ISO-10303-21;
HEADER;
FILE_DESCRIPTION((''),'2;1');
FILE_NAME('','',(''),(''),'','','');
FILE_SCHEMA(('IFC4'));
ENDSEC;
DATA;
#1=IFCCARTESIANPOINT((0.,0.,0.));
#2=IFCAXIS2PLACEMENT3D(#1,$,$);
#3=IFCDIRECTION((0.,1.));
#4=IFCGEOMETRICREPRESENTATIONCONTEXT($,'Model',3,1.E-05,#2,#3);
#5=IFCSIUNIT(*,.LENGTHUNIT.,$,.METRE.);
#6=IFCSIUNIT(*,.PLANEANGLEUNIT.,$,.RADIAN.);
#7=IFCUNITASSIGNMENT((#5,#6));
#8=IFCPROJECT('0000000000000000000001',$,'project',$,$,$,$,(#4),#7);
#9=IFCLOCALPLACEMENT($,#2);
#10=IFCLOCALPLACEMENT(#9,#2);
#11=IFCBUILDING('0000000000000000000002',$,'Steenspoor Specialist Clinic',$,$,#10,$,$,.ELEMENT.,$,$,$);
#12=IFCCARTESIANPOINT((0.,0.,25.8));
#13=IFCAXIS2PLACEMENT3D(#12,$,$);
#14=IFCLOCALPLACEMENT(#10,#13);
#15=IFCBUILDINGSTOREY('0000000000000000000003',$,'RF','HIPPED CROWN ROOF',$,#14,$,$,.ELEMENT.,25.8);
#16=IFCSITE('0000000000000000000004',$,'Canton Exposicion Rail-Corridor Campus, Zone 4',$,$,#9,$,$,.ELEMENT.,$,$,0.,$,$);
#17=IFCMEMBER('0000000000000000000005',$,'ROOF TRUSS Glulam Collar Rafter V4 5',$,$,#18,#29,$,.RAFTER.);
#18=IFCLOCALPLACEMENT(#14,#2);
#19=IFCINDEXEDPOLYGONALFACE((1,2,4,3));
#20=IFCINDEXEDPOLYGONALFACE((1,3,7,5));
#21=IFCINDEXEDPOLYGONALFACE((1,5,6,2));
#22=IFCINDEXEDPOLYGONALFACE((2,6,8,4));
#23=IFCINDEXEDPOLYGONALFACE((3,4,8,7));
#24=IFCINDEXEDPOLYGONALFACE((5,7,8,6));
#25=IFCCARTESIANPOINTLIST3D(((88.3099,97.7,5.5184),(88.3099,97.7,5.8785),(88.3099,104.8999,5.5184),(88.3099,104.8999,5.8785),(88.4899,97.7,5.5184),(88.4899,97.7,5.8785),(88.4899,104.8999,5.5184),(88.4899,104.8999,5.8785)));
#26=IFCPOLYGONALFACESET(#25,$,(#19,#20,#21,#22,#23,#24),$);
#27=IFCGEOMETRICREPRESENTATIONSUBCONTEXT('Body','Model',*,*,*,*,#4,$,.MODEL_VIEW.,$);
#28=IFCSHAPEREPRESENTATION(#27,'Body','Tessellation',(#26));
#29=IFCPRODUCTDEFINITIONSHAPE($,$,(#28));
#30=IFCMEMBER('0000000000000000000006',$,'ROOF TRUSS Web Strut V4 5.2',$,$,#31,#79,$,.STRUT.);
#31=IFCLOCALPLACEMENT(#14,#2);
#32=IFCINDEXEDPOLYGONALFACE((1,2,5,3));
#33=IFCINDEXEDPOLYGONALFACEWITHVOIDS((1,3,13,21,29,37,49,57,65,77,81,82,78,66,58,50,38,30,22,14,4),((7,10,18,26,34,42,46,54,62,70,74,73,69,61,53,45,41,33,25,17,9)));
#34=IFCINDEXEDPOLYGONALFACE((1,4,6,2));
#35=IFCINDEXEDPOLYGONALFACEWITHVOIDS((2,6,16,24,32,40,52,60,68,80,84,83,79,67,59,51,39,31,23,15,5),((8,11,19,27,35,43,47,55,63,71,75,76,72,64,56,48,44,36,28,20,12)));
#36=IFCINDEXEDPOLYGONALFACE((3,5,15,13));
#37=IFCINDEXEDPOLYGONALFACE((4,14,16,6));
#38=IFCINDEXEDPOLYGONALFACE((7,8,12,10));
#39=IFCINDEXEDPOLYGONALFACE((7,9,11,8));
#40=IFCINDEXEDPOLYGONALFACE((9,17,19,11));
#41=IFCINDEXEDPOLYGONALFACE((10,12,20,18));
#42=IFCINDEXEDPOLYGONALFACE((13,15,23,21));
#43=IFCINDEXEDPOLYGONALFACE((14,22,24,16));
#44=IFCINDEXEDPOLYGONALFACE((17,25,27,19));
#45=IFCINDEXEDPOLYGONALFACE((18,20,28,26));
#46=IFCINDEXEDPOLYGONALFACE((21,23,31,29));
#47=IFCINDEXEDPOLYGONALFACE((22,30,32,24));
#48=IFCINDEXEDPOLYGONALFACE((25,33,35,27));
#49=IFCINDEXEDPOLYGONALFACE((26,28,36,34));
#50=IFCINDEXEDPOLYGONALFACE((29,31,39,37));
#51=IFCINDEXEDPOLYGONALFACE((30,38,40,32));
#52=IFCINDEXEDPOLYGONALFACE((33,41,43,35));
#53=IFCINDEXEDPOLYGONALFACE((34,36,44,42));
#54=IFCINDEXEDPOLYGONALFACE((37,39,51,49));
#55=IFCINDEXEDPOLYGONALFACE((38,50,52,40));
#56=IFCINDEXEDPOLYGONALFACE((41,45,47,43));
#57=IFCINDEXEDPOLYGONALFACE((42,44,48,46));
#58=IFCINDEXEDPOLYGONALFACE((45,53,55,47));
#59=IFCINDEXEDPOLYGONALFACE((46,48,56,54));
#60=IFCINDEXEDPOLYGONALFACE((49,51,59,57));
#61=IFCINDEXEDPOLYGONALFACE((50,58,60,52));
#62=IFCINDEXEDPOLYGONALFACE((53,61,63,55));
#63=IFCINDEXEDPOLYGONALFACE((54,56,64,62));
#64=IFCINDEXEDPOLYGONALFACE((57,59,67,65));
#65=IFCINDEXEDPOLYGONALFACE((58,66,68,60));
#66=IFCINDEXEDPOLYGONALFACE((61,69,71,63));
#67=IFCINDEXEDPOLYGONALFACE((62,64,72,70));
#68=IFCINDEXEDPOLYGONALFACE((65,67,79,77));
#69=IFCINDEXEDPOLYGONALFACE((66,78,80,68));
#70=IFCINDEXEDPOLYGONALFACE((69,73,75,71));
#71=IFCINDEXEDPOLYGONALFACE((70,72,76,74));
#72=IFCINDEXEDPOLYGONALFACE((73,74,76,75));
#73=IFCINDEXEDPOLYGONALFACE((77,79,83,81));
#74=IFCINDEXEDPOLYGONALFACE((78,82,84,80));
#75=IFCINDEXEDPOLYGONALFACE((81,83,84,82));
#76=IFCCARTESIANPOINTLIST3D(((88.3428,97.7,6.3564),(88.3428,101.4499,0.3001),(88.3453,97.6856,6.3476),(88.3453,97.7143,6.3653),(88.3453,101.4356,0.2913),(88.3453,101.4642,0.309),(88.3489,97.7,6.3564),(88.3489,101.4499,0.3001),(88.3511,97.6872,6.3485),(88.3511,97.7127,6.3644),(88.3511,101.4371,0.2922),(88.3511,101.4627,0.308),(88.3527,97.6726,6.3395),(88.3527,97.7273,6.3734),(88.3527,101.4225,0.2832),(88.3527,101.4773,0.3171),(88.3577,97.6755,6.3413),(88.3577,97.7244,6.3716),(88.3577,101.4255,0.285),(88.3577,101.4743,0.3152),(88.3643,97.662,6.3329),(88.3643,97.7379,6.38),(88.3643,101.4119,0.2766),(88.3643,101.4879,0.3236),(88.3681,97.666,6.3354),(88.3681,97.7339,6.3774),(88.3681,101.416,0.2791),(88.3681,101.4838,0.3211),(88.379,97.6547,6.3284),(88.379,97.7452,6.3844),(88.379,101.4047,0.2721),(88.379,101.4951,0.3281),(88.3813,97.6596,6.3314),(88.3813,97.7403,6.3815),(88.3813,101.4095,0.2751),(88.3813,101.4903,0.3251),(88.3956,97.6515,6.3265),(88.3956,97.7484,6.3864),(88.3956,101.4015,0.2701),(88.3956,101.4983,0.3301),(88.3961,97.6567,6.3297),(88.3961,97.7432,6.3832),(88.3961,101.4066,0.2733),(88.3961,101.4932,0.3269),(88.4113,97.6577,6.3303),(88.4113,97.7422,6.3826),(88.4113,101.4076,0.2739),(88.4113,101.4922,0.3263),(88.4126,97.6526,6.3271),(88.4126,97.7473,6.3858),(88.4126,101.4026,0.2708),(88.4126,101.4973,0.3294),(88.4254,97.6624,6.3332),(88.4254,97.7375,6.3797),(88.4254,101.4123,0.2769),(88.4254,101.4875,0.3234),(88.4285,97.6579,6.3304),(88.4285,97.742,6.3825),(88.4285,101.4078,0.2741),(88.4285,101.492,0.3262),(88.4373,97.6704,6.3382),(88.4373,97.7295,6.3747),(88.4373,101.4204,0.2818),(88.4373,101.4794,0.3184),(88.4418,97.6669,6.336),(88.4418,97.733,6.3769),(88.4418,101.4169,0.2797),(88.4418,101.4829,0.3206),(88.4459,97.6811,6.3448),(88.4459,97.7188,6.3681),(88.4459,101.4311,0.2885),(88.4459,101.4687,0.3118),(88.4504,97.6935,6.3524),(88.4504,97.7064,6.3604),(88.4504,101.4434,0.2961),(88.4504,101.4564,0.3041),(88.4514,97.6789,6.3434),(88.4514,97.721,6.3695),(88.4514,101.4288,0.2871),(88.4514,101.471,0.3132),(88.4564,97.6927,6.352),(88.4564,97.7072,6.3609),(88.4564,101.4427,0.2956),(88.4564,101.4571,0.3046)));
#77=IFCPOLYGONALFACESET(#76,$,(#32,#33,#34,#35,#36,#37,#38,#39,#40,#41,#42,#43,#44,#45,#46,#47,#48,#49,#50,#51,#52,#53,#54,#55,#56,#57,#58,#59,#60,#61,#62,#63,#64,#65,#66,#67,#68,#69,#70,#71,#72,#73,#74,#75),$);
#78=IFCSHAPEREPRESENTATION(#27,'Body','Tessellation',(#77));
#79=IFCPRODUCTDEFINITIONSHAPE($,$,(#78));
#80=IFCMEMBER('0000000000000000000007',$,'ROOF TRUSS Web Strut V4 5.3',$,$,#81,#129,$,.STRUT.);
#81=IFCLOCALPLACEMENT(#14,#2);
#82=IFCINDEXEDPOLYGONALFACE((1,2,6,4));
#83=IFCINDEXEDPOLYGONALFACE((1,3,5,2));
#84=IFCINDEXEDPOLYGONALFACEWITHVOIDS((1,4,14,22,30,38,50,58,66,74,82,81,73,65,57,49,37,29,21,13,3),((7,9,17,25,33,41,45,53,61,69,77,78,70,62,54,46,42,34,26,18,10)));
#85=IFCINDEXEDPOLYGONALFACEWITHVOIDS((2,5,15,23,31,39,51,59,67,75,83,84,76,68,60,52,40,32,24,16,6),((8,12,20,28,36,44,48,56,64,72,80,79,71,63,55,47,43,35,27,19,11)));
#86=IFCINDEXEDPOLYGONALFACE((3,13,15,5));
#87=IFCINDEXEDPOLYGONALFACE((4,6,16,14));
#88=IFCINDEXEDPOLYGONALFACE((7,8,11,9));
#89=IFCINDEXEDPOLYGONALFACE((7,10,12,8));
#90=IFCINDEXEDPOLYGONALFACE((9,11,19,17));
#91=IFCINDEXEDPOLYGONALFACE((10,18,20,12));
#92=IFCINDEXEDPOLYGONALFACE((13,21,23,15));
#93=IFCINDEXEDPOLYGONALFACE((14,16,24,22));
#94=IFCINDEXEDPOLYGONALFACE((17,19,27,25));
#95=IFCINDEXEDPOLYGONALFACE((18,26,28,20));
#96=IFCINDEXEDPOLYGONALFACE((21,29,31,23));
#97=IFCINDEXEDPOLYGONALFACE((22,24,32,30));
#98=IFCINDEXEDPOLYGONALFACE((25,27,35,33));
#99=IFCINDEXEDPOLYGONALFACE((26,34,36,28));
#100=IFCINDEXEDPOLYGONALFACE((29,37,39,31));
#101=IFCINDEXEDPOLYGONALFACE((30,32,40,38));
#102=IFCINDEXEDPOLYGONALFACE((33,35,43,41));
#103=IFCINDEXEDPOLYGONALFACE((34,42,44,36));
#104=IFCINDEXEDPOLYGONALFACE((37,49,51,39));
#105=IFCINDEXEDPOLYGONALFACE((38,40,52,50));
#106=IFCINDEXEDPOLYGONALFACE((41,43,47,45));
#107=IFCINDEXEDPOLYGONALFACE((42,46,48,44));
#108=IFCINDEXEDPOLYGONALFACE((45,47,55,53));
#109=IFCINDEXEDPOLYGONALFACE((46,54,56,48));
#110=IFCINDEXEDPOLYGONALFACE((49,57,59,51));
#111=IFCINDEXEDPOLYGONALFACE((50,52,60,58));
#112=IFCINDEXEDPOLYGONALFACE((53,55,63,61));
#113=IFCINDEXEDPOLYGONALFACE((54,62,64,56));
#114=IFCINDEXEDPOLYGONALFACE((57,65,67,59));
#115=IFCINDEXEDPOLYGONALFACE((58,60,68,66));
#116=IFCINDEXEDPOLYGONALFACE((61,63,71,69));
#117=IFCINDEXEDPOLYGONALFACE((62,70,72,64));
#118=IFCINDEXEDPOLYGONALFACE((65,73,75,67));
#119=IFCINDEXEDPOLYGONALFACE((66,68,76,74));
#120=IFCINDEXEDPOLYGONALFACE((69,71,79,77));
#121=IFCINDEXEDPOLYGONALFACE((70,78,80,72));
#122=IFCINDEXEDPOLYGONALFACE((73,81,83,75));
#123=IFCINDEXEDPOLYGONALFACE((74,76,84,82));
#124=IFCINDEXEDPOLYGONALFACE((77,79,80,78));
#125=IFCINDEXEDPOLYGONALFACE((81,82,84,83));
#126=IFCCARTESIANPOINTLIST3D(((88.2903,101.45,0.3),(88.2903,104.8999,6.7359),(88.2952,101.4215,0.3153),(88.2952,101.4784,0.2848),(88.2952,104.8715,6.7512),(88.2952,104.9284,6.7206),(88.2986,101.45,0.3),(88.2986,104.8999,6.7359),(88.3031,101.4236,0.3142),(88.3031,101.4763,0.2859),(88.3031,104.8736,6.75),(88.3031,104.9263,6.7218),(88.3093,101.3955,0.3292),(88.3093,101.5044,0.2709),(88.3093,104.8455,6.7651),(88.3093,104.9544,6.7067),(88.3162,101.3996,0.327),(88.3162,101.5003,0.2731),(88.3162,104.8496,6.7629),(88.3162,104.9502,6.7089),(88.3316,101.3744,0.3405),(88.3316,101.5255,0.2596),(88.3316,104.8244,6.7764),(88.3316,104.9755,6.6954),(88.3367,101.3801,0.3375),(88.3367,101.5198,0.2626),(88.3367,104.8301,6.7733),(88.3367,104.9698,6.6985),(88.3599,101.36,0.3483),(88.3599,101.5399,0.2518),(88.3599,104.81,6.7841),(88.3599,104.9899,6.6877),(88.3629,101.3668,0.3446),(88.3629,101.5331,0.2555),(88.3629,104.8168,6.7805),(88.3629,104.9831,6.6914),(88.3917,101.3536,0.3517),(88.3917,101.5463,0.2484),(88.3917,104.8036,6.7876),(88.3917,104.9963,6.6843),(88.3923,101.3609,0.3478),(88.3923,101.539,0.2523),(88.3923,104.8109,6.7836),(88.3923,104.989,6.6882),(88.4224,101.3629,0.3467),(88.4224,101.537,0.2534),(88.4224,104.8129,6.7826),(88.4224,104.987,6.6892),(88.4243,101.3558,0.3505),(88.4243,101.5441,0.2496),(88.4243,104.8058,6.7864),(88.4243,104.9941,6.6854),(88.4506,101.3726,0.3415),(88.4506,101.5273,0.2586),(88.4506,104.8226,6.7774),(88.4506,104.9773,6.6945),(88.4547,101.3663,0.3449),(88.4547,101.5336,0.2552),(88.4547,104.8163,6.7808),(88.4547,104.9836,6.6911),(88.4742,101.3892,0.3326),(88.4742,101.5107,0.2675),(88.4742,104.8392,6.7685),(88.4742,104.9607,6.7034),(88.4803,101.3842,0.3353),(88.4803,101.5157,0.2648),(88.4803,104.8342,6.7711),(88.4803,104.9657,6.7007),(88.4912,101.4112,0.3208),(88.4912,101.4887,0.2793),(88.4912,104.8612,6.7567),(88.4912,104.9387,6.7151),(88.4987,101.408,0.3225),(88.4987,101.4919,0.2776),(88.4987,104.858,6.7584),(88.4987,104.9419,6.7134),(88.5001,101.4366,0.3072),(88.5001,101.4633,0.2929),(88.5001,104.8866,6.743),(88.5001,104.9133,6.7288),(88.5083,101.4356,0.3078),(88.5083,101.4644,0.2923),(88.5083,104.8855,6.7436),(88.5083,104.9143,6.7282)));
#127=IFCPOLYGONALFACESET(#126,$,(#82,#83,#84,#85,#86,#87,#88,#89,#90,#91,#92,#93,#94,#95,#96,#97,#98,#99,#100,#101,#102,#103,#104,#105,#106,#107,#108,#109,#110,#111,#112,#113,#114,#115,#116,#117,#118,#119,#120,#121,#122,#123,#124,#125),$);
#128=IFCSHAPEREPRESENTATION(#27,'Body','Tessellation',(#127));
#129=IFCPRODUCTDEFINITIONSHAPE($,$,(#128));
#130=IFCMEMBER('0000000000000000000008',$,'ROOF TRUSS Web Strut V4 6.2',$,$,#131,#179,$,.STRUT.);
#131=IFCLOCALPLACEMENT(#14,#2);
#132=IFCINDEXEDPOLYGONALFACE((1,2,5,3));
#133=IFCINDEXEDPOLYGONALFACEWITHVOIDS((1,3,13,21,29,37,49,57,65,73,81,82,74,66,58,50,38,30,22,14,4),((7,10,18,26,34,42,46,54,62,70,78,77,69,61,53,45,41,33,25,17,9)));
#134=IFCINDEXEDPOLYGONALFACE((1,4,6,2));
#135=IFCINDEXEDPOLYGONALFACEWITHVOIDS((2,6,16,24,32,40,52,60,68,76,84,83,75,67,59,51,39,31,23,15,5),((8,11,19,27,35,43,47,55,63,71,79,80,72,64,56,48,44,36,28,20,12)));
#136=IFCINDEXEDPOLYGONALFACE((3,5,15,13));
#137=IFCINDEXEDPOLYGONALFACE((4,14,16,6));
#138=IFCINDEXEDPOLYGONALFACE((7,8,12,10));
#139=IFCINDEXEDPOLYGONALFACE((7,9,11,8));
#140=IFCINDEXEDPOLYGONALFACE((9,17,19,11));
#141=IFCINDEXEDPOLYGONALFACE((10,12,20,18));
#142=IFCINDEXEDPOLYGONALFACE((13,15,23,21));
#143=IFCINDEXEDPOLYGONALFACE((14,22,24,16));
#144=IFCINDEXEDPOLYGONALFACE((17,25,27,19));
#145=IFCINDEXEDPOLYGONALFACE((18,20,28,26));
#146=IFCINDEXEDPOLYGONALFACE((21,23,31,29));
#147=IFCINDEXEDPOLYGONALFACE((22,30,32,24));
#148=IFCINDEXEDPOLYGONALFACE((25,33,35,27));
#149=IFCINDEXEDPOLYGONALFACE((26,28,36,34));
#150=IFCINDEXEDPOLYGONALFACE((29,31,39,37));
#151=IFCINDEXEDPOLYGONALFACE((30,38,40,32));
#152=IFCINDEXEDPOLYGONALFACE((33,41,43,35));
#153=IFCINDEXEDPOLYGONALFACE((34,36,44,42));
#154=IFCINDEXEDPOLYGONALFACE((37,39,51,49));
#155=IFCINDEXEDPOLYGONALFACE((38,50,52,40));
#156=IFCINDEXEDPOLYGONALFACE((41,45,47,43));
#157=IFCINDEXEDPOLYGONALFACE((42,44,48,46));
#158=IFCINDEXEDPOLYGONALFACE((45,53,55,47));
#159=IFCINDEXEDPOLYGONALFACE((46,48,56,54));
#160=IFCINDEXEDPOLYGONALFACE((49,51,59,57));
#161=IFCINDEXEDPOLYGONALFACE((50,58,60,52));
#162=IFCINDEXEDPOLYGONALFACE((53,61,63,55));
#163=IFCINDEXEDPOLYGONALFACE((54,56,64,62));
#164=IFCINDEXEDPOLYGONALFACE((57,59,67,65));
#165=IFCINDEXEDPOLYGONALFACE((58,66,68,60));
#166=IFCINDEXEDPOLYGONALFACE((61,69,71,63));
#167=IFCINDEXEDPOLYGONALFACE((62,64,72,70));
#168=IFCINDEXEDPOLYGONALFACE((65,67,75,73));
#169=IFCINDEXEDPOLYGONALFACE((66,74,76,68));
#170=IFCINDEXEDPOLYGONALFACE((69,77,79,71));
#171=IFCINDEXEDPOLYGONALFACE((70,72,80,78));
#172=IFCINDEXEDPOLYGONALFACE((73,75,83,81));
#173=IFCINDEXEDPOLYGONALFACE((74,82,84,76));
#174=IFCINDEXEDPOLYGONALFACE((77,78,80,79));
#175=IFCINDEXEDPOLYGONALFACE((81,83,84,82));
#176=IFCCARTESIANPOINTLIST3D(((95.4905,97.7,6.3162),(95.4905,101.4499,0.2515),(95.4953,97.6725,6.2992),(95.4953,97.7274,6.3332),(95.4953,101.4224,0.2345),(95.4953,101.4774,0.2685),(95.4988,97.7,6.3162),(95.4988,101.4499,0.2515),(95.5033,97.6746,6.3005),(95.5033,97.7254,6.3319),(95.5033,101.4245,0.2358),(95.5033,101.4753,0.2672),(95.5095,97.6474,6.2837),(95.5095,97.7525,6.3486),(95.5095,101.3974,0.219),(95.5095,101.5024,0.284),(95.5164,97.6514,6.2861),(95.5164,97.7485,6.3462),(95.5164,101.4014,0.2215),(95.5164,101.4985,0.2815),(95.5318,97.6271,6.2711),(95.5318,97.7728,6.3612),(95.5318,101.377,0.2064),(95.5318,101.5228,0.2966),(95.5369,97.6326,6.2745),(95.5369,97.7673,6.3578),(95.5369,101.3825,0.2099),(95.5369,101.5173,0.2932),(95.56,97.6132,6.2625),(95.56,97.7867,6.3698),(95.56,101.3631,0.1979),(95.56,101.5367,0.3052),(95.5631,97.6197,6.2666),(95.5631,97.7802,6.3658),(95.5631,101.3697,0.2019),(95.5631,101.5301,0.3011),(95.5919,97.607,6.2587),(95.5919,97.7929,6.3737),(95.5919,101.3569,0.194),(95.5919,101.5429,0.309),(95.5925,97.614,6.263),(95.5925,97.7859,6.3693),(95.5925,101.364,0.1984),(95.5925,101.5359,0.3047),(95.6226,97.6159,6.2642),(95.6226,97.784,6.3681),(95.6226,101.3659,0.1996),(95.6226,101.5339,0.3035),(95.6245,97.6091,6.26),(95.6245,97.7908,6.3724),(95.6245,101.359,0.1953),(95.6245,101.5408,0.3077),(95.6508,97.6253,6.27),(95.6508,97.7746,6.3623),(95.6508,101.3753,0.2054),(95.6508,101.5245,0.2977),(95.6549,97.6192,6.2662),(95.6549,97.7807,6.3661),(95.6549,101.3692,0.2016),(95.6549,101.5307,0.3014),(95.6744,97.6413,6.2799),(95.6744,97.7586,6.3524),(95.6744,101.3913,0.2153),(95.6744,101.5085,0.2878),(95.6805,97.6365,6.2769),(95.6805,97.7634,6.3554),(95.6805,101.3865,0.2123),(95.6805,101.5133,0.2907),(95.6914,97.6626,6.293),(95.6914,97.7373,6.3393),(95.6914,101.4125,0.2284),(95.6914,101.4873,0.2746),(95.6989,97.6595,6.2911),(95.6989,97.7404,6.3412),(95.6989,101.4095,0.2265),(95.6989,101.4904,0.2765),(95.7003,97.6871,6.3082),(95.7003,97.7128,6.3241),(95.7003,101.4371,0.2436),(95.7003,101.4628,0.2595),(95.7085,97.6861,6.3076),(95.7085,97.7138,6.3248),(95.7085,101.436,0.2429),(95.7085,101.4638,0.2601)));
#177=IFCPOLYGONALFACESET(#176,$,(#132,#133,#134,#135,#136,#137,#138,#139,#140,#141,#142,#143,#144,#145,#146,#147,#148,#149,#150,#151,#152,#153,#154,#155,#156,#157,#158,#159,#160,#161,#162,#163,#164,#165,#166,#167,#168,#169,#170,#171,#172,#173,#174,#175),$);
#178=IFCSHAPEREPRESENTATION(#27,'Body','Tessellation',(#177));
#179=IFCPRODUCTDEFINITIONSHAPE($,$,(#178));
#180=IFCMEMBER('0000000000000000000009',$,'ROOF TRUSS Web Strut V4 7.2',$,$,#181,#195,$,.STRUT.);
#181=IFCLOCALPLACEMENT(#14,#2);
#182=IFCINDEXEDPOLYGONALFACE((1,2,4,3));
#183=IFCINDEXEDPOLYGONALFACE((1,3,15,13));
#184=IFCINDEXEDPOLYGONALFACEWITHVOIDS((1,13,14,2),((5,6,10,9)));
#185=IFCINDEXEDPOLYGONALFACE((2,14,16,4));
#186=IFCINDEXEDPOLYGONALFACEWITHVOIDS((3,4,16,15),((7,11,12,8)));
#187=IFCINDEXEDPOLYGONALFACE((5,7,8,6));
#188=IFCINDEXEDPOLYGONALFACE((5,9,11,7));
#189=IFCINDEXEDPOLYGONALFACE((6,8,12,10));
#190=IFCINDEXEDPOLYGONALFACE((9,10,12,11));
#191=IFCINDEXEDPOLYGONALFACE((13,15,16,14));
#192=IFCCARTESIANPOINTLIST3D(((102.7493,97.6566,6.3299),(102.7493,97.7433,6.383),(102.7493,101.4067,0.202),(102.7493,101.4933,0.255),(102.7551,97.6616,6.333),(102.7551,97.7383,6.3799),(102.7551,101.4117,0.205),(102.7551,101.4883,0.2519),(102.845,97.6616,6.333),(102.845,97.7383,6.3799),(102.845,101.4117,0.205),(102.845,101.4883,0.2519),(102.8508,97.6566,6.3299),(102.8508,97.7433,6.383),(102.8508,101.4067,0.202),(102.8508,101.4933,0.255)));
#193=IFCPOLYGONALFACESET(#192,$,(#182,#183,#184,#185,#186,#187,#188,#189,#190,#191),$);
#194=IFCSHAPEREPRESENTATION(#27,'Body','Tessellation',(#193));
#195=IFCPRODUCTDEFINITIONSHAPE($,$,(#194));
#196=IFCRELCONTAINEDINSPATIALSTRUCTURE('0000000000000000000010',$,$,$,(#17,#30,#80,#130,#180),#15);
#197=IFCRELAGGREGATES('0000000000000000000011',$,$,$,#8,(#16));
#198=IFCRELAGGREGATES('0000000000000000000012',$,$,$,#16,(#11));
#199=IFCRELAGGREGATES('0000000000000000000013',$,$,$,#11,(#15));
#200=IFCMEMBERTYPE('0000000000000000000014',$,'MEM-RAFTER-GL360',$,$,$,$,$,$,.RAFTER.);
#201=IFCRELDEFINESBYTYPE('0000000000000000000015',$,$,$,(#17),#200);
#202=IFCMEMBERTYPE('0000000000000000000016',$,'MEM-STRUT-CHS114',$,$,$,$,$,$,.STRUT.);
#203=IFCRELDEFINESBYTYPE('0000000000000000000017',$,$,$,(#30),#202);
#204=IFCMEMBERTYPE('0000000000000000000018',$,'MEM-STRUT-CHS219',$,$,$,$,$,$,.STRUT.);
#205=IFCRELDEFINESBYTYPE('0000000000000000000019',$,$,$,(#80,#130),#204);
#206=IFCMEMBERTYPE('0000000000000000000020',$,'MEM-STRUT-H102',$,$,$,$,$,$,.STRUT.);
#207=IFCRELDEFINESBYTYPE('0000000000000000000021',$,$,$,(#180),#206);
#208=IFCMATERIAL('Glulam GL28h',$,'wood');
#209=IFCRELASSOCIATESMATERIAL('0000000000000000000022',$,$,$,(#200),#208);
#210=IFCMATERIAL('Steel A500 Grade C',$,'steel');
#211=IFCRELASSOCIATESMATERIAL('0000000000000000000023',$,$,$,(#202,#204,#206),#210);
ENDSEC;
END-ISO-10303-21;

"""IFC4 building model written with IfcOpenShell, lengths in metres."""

from ifc_helpers import new_model, si_unit, direction, frame, origin, origin_2d, place, context, subcontext, project, spatial, rectangle, hollow_rectangle, hollow_circle, extrude, material, material_profile, profile_set, type_object, element, save


model = new_model("IFC4")

# Units and contexts
model_context = context("Model", 3, precision=1e-05, world=origin(), true_north=direction((0.0, 1.0)))
body_context = subcontext(model_context, "Body", "Model", "MODEL_VIEW")
ifc_project = project(units=[si_unit("LENGTHUNIT", "METRE"), si_unit("PLANEANGLEUNIT", "RADIAN")], contexts=[model_context])

# Site, building, storey
site_placement = place(None, origin())
site = spatial("IfcSite", under=ifc_project, at=site_placement, Name="Canton Exposicion Rail-Corridor Campus, Zone 4", CompositionType="ELEMENT", RefElevation=0.0)
building_placement = place(site_placement, origin())
building = spatial("IfcBuilding", under=site, at=building_placement, Name="Steenspoor Specialist Clinic", CompositionType="ELEMENT")
storey_placement = place(building_placement, frame((0.0, 0.0, 25.8)))
storey = spatial("IfcBuildingStorey", under=building, at=storey_placement, Name="RF", Description="HIPPED CROWN ROOF", CompositionType="ELEMENT", Elevation=25.8)

# Members
ifc_material_1 = material(Name="Steel A500 Grade C", Category="steel")
ifc_material_2 = material(Name="Glulam GL28h", Category="wood")
ifc_material_profile_1 = material_profile(ifc_material_2, rectangle(XDim=0.1799, YDim=0.3601, at=origin_2d()), Name="GL28H-180X360")
ifc_profile_set_1 = profile_set([ifc_material_profile_1], Name="Glulam GL28h")
member_type_1 = type_object("IfcMemberType", Name="MEM-RAFTER-GL360", PredefinedType="RAFTER", material=ifc_profile_set_1)
member_1_placement = place(storey_placement, frame((88.3999, 97.7, 5.6985), z_axis=(0.0, 1.0, 0.0), x_axis=(-1.0, 0.0, 0.0)))
element("IfcMember", 1, at=member_1_placement, inside=storey, type_object=member_type_1, Name="ROOF TRUSS Glulam Collar Rafter V4 5", PredefinedType="RAFTER", context=body_context, shape_type="SweptSolid", body=[
    extrude(rectangle(XDim=0.1799, YDim=0.3601, at=origin_2d()), origin(), (0.0, 0.0, 1.0), 7.2),
])
ifc_material_profile_2 = material_profile(ifc_material_1, hollow_circle(Radius=0.0571, WallThickness=0.0061, at=origin_2d()), Name="CHS114X6.0")
ifc_profile_set_2 = profile_set([ifc_material_profile_2], Name="Steel A500 Grade C")
member_type_2 = type_object("IfcMemberType", Name="MEM-STRUT-CHS114", PredefinedType="STRUT", material=ifc_profile_set_2)
member_2_placement = place(storey_placement, frame((88.3999, 97.7, 6.3564), z_axis=(0.0, 0.526436, -0.850215), x_axis=(-1.0, 0.0, 0.0)))
element("IfcMember", 2, at=member_2_placement, inside=storey, type_object=member_type_2, Name="ROOF TRUSS Web Strut V4 5.2", PredefinedType="STRUT", context=body_context, shape_type="SweptSolid", body=[
    extrude(hollow_circle(Radius=0.0571, WallThickness=0.0061, at=origin_2d()), origin(), (0.0, 0.0, 1.0), 7.1233),
])
ifc_material_profile_3 = material_profile(ifc_material_1, hollow_circle(Radius=0.1096, WallThickness=0.0083, at=origin_2d()), Name="CHS219X8.2")
ifc_profile_set_3 = profile_set([ifc_material_profile_3], Name="Steel A500 Grade C")
member_type_3 = type_object("IfcMemberType", Name="MEM-STRUT-CHS219", PredefinedType="STRUT", material=ifc_profile_set_3)
member_3_placement = place(storey_placement, frame((88.3999, 101.45, 0.3), z_axis=(0.0, 0.472456, 0.881354), x_axis=(-1.0, 0.0, 0.0)))
element("IfcMember", 3, at=member_3_placement, inside=storey, type_object=member_type_3, Name="ROOF TRUSS Web Strut V4 5.3", PredefinedType="STRUT", context=body_context, shape_type="SweptSolid", body=[
    extrude(hollow_circle(Radius=0.1096, WallThickness=0.0083, at=origin_2d()), origin(), (0.0, 0.0, 1.0), 7.3022),
])
member_4_placement = place(storey_placement, frame((95.6001, 97.7, 6.3162), z_axis=(0.0, 0.525915, -0.850537), x_axis=(-1.0, 0.0, 0.0)))
element("IfcMember", 4, at=member_4_placement, inside=storey, type_object=member_type_3, Name="ROOF TRUSS Web Strut V4 6.2", PredefinedType="STRUT", context=body_context, shape_type="SweptSolid", body=[
    extrude(hollow_circle(Radius=0.1096, WallThickness=0.0083, at=origin_2d()), origin(), (0.0, 0.0, 1.0), 7.1304),
])
ifc_material_profile_4 = material_profile(ifc_material_1, hollow_rectangle(XDim=0.1016, YDim=0.1016, WallThickness=0.0059, at=origin_2d()), Name="HSS102X102X6.4")
ifc_profile_set_4 = profile_set([ifc_material_profile_4], Name="Steel A500 Grade C")
member_type_4 = type_object("IfcMemberType", Name="MEM-STRUT-H102", PredefinedType="STRUT", material=ifc_profile_set_4)
member_5_placement = place(storey_placement, frame((102.8, 97.7, 6.3564), z_axis=(0.0, 0.521972, -0.852962), x_axis=(-1.0, 0.0, 0.0)))
element("IfcMember", 5, at=member_5_placement, inside=storey, type_object=member_type_4, Name="ROOF TRUSS Web Strut V4 7.2", PredefinedType="STRUT", context=body_context, shape_type="SweptSolid", body=[
    extrude(hollow_rectangle(XDim=0.1016, YDim=0.1016, WallThickness=0.0059, at=origin_2d()), origin(), (0.0, 0.0, 1.0), 7.1843),
])

save(model, "model.ifc")
